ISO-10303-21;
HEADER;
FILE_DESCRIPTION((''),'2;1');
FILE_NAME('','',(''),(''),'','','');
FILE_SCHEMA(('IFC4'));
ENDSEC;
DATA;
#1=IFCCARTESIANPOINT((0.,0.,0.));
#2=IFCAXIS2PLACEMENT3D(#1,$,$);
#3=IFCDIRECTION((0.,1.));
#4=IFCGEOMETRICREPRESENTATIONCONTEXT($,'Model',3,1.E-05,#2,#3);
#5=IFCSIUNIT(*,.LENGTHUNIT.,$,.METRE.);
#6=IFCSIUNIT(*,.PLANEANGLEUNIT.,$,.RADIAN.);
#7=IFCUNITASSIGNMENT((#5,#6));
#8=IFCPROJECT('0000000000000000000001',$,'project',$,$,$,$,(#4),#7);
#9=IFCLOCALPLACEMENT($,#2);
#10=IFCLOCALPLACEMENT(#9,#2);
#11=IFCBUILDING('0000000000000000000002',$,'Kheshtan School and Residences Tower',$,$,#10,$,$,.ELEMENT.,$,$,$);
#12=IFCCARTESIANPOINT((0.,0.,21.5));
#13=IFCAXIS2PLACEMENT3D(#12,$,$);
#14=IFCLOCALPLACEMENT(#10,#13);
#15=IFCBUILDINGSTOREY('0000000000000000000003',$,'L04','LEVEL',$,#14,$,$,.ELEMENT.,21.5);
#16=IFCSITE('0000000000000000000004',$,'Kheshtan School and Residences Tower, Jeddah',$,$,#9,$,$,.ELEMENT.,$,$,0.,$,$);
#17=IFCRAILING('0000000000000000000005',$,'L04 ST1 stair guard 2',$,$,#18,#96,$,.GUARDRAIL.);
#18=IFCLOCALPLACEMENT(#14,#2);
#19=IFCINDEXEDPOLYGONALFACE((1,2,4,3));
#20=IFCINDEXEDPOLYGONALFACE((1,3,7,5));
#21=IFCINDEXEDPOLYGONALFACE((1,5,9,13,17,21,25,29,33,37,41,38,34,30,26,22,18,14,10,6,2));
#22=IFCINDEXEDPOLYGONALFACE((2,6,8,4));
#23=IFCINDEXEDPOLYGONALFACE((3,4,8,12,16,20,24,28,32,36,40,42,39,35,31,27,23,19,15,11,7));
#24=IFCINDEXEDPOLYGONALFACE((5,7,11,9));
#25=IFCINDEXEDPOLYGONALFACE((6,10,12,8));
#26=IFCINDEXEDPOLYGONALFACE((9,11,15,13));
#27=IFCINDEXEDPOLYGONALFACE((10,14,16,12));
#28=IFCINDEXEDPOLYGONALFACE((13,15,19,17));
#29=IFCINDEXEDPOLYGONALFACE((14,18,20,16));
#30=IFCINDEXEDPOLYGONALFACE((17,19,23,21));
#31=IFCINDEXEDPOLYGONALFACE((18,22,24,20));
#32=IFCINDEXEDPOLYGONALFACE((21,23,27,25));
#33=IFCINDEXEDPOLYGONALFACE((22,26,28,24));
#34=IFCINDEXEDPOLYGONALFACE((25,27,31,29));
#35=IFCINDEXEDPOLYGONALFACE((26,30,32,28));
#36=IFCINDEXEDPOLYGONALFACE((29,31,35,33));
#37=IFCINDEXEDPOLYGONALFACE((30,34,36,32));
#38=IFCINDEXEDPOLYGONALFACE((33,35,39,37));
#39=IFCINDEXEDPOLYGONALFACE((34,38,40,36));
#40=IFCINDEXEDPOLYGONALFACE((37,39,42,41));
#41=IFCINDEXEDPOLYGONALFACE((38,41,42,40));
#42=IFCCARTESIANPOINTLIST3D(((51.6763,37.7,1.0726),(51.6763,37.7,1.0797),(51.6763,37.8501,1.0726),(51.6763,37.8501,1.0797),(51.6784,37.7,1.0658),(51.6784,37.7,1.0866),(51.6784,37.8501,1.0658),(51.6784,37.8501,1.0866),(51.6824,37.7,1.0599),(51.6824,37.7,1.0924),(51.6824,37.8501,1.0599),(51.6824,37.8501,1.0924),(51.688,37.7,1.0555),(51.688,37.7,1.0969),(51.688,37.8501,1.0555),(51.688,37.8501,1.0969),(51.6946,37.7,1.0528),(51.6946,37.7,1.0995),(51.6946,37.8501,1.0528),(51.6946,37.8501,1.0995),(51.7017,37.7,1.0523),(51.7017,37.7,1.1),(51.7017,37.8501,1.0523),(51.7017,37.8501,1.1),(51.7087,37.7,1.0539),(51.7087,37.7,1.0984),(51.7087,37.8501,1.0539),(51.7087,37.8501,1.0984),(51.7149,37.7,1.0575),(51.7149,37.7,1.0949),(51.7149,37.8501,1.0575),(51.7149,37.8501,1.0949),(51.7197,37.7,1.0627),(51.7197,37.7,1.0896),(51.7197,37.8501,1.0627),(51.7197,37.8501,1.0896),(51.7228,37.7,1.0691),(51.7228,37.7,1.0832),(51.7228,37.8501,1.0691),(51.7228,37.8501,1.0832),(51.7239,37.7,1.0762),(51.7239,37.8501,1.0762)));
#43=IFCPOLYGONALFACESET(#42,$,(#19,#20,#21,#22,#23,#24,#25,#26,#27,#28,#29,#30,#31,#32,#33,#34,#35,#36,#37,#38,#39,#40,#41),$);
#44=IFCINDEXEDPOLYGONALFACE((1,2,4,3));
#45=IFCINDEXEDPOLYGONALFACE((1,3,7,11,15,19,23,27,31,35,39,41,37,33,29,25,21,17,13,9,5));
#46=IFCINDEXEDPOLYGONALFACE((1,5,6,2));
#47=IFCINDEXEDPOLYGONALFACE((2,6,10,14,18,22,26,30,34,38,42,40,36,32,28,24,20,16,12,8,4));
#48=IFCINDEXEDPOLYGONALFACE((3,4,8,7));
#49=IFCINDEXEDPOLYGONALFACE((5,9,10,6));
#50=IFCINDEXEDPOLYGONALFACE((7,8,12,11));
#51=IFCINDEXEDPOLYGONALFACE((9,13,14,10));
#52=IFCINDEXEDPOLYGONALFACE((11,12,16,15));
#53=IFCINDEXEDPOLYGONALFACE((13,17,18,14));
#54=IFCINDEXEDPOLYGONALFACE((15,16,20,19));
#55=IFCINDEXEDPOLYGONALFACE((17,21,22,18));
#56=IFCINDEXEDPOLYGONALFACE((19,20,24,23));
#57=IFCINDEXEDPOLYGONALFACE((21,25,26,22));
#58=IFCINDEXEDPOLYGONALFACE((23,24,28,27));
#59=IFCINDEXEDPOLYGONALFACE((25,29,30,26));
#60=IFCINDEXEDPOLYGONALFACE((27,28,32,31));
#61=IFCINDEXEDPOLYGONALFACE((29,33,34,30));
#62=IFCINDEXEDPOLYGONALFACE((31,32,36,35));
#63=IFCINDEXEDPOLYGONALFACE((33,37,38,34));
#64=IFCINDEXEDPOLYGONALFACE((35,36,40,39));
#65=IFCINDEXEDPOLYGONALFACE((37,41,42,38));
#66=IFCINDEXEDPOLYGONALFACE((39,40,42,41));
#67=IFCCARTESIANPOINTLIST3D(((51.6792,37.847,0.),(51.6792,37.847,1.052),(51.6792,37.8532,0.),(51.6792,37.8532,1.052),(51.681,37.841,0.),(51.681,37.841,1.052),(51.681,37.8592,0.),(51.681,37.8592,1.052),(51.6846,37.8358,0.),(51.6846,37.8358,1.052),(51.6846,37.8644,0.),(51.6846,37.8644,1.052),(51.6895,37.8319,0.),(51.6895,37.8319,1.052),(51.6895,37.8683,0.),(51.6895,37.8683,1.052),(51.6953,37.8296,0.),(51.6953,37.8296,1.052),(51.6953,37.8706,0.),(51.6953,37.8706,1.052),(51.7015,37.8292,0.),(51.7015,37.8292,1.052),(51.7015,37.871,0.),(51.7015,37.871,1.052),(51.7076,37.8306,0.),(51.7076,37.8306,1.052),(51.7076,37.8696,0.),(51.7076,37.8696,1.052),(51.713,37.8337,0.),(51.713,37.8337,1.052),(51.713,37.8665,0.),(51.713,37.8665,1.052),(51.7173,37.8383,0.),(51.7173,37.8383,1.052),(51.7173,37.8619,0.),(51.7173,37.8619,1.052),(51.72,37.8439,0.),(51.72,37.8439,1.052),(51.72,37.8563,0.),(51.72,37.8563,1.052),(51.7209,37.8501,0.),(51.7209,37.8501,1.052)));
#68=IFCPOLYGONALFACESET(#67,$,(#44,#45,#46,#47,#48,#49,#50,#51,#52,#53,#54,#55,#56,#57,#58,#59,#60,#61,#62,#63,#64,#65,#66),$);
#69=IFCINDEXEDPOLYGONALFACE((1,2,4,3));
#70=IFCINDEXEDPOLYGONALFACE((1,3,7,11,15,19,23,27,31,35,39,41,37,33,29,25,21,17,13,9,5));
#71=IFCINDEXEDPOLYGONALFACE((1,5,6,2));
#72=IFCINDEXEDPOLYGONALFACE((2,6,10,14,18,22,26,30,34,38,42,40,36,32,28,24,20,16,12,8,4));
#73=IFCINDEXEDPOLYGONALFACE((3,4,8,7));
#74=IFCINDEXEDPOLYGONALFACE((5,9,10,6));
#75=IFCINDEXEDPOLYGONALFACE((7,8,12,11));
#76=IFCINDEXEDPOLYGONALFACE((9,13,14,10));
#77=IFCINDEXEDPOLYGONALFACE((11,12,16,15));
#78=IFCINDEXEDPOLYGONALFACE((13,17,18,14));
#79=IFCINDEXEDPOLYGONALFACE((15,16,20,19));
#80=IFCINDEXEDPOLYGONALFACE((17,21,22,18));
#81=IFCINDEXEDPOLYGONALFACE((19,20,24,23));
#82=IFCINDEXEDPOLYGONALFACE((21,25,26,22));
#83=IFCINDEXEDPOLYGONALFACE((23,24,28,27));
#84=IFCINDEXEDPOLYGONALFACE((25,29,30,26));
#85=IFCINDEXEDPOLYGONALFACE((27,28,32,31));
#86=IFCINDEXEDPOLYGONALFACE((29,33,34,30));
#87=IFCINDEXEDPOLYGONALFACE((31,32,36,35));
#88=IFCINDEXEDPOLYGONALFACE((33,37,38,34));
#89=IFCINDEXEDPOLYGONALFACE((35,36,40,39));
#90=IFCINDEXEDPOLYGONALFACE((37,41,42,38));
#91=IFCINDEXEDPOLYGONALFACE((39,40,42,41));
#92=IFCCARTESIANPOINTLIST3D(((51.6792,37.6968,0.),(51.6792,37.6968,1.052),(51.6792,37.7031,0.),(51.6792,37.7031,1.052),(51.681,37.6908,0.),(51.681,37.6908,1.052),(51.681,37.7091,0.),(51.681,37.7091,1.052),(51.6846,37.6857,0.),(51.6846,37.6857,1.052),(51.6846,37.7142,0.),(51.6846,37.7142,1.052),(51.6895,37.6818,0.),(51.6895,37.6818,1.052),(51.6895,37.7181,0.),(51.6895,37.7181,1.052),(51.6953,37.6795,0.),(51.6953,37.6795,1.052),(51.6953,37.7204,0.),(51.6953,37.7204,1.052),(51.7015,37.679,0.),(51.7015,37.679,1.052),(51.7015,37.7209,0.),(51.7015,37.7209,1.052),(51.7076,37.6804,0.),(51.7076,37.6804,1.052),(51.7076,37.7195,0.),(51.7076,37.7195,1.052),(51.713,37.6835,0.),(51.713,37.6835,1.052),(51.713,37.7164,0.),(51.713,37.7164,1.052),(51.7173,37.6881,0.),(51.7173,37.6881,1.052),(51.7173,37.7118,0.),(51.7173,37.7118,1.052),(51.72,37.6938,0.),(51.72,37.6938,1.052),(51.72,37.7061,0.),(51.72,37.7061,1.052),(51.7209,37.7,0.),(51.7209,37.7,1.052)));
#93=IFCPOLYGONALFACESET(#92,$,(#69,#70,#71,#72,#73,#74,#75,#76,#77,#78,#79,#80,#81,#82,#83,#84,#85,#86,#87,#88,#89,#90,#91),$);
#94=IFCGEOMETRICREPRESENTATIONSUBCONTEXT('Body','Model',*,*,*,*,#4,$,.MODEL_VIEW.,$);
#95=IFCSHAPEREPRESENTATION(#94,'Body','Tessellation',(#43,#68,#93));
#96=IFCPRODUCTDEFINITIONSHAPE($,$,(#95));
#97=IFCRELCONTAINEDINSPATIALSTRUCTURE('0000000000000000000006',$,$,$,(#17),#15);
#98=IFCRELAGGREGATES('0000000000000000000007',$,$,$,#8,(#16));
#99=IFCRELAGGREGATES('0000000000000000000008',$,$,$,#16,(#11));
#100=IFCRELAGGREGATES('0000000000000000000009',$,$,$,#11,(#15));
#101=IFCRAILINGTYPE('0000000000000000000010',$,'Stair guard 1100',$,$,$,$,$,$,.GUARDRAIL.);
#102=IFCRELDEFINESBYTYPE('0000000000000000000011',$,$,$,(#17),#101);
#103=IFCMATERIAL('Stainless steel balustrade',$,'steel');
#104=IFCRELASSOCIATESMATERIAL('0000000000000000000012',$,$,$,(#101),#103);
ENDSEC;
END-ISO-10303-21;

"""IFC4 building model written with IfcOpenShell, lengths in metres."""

from ifc_helpers import new_model, si_unit, direction, frame, origin, origin_2d, place, context, subcontext, project, spatial, circle, extrude, material, type_object, element, save


model = new_model("IFC4")

# Units and contexts
model_context = context("Model", 3, precision=1e-05, world=origin(), true_north=direction((0.0, 1.0)))
body_context = subcontext(model_context, "Body", "Model", "MODEL_VIEW")
ifc_project = project(units=[si_unit("LENGTHUNIT", "METRE"), si_unit("PLANEANGLEUNIT", "RADIAN")], contexts=[model_context])

# Site, building, storey
site_placement = place(None, origin())
site = spatial("IfcSite", under=ifc_project, at=site_placement, Name="Kheshtan School and Residences Tower, Jeddah", CompositionType="ELEMENT", RefElevation=0.0)
building_placement = place(site_placement, origin())
building = spatial("IfcBuilding", under=site, at=building_placement, Name="Kheshtan School and Residences Tower", CompositionType="ELEMENT")
storey_placement = place(building_placement, frame((0.0, 0.0, 21.5)))
storey = spatial("IfcBuildingStorey", under=building, at=storey_placement, Name="L04", Description="LEVEL", CompositionType="ELEMENT", Elevation=21.5)

# Railing
ifc_material_1 = material(Name="Stainless steel balustrade", Category="steel")
railing_type_1 = type_object("IfcRailingType", Name="Stair guard 1100", PredefinedType="GUARDRAIL", material=ifc_material_1)
railing_1_placement = place(storey_placement, frame((51.7, 37.8501, 0.0)))
element("IfcRailing", 1, at=railing_1_placement, inside=storey, type_object=railing_type_1, Name="L04 ST1 stair guard 2", PredefinedType="GUARDRAIL", context=body_context, shape_type="SweptSolid", body=[
    extrude(circle(Radius=0.0239, at=origin_2d()), frame((0.0, 0.0, 1.0762), z_axis=(0.0, -1.0, 0.0), x_axis=(1.0, 0.0, 0.0)), (0.0, 0.0, 1.0), 0.1501),
    extrude(circle(Radius=0.021, at=origin_2d()), origin(), (0.0, 0.0, 1.0), 1.052),
    extrude(circle(Radius=0.021, at=origin_2d()), frame((0.0, -0.1501, 0.0)), (0.0, 0.0, 1.0), 1.052),
])

save(model, "model.ifc")
